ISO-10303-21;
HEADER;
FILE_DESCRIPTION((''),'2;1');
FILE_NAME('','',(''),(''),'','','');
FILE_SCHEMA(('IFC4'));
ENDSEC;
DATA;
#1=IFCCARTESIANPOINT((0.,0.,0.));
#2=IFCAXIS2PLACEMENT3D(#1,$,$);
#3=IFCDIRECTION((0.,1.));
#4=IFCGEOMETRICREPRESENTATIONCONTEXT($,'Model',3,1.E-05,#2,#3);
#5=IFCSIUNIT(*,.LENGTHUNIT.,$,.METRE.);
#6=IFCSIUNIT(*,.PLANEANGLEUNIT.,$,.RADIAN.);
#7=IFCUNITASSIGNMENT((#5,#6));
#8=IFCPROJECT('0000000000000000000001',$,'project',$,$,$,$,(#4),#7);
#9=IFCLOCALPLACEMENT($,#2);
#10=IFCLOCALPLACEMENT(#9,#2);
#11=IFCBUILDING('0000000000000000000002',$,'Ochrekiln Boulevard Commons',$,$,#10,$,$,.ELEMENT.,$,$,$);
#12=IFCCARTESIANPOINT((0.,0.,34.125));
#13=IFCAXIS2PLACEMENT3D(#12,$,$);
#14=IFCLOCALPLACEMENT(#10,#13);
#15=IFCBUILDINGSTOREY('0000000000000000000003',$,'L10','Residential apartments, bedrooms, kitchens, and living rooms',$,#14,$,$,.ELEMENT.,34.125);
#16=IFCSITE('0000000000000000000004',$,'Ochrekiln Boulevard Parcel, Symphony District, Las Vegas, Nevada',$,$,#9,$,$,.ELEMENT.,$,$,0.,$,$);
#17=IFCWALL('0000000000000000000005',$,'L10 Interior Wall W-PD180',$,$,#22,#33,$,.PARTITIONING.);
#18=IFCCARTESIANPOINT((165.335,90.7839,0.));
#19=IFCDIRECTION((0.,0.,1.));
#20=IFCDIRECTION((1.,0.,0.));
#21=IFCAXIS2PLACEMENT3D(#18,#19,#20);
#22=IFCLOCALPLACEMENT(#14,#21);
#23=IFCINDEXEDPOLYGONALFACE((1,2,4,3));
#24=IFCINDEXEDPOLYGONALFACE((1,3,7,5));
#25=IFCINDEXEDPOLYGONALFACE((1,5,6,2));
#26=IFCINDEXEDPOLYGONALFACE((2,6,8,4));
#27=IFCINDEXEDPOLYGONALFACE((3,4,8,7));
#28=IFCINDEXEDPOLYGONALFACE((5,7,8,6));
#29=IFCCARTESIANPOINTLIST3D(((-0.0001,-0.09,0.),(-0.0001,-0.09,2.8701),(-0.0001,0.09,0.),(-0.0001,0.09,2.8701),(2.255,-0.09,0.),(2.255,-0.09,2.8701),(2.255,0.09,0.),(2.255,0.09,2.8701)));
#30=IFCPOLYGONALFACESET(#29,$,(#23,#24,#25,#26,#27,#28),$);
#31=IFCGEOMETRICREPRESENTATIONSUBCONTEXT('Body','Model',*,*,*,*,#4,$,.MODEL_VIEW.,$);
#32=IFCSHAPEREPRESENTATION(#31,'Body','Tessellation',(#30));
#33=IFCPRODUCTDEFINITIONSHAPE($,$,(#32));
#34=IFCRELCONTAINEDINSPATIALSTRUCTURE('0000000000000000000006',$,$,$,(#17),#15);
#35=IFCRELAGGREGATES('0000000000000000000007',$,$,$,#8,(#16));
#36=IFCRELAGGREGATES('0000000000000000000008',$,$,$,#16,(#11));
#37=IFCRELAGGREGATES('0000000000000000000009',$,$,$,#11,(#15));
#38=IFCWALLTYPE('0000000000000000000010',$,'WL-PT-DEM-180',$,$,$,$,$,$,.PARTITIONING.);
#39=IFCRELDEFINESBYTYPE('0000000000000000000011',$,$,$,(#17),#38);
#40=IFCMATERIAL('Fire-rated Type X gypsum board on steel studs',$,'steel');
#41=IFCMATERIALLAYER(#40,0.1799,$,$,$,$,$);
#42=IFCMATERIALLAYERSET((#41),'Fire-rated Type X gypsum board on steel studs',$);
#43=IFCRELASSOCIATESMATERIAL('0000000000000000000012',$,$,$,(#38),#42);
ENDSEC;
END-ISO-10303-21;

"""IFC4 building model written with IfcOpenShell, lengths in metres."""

from ifc_helpers import new_model, si_unit, direction, frame, frame_2d, origin, place, context, subcontext, project, spatial, rectangle, extrude, material, layer, layer_set, type_object, element, save


model = new_model("IFC4")

# Units and contexts
model_context = context("Model", 3, precision=1e-05, world=origin(), true_north=direction((0.0, 1.0)))
body_context = subcontext(model_context, "Body", "Model", "MODEL_VIEW")
ifc_project = project(units=[si_unit("LENGTHUNIT", "METRE"), si_unit("PLANEANGLEUNIT", "RADIAN")], contexts=[model_context])

# Site, building, storey
site_placement = place(None, origin())
site = spatial("IfcSite", under=ifc_project, at=site_placement, Name="Ochrekiln Boulevard Parcel, Symphony District, Las Vegas, Nevada", CompositionType="ELEMENT", RefElevation=0.0)
building_placement = place(site_placement, origin())
building = spatial("IfcBuilding", under=site, at=building_placement, Name="Ochrekiln Boulevard Commons", CompositionType="ELEMENT")
storey_placement = place(building_placement, frame((0.0, 0.0, 34.125)))
storey = spatial("IfcBuildingStorey", under=building, at=storey_placement, Name="L10", Description="Residential apartments, bedrooms, kitchens, and living rooms", CompositionType="ELEMENT", Elevation=34.125)

# Wall
ifc_material_1 = material(Name="Fire-rated Type X gypsum board on steel studs", Category="steel")
ifc_layer_1 = layer(ifc_material_1, 0.1799)
ifc_layer_set_1 = layer_set([ifc_layer_1], Name="Fire-rated Type X gypsum board on steel studs")
wall_type_1 = type_object("IfcWallType", Name="WL-PT-DEM-180", PredefinedType="PARTITIONING", material=ifc_layer_set_1)
wall_1_placement = place(storey_placement, frame((165.335, 90.7839, 0.0), z_axis=(0.0, 0.0, 1.0), x_axis=(1.0, 0.0, 0.0)))
element("IfcWall", 1, at=wall_1_placement, inside=storey, type_object=wall_type_1, Name="L10 Interior Wall W-PD180", PredefinedType="PARTITIONING", context=body_context, shape_type="SweptSolid", body=[
    extrude(rectangle(XDim=2.2551, YDim=0.1799, at=frame_2d((1.1274, 0.0))), origin(), (0.0, 0.0, 1.0), 2.8701),
])

save(model, "model.ifc")
